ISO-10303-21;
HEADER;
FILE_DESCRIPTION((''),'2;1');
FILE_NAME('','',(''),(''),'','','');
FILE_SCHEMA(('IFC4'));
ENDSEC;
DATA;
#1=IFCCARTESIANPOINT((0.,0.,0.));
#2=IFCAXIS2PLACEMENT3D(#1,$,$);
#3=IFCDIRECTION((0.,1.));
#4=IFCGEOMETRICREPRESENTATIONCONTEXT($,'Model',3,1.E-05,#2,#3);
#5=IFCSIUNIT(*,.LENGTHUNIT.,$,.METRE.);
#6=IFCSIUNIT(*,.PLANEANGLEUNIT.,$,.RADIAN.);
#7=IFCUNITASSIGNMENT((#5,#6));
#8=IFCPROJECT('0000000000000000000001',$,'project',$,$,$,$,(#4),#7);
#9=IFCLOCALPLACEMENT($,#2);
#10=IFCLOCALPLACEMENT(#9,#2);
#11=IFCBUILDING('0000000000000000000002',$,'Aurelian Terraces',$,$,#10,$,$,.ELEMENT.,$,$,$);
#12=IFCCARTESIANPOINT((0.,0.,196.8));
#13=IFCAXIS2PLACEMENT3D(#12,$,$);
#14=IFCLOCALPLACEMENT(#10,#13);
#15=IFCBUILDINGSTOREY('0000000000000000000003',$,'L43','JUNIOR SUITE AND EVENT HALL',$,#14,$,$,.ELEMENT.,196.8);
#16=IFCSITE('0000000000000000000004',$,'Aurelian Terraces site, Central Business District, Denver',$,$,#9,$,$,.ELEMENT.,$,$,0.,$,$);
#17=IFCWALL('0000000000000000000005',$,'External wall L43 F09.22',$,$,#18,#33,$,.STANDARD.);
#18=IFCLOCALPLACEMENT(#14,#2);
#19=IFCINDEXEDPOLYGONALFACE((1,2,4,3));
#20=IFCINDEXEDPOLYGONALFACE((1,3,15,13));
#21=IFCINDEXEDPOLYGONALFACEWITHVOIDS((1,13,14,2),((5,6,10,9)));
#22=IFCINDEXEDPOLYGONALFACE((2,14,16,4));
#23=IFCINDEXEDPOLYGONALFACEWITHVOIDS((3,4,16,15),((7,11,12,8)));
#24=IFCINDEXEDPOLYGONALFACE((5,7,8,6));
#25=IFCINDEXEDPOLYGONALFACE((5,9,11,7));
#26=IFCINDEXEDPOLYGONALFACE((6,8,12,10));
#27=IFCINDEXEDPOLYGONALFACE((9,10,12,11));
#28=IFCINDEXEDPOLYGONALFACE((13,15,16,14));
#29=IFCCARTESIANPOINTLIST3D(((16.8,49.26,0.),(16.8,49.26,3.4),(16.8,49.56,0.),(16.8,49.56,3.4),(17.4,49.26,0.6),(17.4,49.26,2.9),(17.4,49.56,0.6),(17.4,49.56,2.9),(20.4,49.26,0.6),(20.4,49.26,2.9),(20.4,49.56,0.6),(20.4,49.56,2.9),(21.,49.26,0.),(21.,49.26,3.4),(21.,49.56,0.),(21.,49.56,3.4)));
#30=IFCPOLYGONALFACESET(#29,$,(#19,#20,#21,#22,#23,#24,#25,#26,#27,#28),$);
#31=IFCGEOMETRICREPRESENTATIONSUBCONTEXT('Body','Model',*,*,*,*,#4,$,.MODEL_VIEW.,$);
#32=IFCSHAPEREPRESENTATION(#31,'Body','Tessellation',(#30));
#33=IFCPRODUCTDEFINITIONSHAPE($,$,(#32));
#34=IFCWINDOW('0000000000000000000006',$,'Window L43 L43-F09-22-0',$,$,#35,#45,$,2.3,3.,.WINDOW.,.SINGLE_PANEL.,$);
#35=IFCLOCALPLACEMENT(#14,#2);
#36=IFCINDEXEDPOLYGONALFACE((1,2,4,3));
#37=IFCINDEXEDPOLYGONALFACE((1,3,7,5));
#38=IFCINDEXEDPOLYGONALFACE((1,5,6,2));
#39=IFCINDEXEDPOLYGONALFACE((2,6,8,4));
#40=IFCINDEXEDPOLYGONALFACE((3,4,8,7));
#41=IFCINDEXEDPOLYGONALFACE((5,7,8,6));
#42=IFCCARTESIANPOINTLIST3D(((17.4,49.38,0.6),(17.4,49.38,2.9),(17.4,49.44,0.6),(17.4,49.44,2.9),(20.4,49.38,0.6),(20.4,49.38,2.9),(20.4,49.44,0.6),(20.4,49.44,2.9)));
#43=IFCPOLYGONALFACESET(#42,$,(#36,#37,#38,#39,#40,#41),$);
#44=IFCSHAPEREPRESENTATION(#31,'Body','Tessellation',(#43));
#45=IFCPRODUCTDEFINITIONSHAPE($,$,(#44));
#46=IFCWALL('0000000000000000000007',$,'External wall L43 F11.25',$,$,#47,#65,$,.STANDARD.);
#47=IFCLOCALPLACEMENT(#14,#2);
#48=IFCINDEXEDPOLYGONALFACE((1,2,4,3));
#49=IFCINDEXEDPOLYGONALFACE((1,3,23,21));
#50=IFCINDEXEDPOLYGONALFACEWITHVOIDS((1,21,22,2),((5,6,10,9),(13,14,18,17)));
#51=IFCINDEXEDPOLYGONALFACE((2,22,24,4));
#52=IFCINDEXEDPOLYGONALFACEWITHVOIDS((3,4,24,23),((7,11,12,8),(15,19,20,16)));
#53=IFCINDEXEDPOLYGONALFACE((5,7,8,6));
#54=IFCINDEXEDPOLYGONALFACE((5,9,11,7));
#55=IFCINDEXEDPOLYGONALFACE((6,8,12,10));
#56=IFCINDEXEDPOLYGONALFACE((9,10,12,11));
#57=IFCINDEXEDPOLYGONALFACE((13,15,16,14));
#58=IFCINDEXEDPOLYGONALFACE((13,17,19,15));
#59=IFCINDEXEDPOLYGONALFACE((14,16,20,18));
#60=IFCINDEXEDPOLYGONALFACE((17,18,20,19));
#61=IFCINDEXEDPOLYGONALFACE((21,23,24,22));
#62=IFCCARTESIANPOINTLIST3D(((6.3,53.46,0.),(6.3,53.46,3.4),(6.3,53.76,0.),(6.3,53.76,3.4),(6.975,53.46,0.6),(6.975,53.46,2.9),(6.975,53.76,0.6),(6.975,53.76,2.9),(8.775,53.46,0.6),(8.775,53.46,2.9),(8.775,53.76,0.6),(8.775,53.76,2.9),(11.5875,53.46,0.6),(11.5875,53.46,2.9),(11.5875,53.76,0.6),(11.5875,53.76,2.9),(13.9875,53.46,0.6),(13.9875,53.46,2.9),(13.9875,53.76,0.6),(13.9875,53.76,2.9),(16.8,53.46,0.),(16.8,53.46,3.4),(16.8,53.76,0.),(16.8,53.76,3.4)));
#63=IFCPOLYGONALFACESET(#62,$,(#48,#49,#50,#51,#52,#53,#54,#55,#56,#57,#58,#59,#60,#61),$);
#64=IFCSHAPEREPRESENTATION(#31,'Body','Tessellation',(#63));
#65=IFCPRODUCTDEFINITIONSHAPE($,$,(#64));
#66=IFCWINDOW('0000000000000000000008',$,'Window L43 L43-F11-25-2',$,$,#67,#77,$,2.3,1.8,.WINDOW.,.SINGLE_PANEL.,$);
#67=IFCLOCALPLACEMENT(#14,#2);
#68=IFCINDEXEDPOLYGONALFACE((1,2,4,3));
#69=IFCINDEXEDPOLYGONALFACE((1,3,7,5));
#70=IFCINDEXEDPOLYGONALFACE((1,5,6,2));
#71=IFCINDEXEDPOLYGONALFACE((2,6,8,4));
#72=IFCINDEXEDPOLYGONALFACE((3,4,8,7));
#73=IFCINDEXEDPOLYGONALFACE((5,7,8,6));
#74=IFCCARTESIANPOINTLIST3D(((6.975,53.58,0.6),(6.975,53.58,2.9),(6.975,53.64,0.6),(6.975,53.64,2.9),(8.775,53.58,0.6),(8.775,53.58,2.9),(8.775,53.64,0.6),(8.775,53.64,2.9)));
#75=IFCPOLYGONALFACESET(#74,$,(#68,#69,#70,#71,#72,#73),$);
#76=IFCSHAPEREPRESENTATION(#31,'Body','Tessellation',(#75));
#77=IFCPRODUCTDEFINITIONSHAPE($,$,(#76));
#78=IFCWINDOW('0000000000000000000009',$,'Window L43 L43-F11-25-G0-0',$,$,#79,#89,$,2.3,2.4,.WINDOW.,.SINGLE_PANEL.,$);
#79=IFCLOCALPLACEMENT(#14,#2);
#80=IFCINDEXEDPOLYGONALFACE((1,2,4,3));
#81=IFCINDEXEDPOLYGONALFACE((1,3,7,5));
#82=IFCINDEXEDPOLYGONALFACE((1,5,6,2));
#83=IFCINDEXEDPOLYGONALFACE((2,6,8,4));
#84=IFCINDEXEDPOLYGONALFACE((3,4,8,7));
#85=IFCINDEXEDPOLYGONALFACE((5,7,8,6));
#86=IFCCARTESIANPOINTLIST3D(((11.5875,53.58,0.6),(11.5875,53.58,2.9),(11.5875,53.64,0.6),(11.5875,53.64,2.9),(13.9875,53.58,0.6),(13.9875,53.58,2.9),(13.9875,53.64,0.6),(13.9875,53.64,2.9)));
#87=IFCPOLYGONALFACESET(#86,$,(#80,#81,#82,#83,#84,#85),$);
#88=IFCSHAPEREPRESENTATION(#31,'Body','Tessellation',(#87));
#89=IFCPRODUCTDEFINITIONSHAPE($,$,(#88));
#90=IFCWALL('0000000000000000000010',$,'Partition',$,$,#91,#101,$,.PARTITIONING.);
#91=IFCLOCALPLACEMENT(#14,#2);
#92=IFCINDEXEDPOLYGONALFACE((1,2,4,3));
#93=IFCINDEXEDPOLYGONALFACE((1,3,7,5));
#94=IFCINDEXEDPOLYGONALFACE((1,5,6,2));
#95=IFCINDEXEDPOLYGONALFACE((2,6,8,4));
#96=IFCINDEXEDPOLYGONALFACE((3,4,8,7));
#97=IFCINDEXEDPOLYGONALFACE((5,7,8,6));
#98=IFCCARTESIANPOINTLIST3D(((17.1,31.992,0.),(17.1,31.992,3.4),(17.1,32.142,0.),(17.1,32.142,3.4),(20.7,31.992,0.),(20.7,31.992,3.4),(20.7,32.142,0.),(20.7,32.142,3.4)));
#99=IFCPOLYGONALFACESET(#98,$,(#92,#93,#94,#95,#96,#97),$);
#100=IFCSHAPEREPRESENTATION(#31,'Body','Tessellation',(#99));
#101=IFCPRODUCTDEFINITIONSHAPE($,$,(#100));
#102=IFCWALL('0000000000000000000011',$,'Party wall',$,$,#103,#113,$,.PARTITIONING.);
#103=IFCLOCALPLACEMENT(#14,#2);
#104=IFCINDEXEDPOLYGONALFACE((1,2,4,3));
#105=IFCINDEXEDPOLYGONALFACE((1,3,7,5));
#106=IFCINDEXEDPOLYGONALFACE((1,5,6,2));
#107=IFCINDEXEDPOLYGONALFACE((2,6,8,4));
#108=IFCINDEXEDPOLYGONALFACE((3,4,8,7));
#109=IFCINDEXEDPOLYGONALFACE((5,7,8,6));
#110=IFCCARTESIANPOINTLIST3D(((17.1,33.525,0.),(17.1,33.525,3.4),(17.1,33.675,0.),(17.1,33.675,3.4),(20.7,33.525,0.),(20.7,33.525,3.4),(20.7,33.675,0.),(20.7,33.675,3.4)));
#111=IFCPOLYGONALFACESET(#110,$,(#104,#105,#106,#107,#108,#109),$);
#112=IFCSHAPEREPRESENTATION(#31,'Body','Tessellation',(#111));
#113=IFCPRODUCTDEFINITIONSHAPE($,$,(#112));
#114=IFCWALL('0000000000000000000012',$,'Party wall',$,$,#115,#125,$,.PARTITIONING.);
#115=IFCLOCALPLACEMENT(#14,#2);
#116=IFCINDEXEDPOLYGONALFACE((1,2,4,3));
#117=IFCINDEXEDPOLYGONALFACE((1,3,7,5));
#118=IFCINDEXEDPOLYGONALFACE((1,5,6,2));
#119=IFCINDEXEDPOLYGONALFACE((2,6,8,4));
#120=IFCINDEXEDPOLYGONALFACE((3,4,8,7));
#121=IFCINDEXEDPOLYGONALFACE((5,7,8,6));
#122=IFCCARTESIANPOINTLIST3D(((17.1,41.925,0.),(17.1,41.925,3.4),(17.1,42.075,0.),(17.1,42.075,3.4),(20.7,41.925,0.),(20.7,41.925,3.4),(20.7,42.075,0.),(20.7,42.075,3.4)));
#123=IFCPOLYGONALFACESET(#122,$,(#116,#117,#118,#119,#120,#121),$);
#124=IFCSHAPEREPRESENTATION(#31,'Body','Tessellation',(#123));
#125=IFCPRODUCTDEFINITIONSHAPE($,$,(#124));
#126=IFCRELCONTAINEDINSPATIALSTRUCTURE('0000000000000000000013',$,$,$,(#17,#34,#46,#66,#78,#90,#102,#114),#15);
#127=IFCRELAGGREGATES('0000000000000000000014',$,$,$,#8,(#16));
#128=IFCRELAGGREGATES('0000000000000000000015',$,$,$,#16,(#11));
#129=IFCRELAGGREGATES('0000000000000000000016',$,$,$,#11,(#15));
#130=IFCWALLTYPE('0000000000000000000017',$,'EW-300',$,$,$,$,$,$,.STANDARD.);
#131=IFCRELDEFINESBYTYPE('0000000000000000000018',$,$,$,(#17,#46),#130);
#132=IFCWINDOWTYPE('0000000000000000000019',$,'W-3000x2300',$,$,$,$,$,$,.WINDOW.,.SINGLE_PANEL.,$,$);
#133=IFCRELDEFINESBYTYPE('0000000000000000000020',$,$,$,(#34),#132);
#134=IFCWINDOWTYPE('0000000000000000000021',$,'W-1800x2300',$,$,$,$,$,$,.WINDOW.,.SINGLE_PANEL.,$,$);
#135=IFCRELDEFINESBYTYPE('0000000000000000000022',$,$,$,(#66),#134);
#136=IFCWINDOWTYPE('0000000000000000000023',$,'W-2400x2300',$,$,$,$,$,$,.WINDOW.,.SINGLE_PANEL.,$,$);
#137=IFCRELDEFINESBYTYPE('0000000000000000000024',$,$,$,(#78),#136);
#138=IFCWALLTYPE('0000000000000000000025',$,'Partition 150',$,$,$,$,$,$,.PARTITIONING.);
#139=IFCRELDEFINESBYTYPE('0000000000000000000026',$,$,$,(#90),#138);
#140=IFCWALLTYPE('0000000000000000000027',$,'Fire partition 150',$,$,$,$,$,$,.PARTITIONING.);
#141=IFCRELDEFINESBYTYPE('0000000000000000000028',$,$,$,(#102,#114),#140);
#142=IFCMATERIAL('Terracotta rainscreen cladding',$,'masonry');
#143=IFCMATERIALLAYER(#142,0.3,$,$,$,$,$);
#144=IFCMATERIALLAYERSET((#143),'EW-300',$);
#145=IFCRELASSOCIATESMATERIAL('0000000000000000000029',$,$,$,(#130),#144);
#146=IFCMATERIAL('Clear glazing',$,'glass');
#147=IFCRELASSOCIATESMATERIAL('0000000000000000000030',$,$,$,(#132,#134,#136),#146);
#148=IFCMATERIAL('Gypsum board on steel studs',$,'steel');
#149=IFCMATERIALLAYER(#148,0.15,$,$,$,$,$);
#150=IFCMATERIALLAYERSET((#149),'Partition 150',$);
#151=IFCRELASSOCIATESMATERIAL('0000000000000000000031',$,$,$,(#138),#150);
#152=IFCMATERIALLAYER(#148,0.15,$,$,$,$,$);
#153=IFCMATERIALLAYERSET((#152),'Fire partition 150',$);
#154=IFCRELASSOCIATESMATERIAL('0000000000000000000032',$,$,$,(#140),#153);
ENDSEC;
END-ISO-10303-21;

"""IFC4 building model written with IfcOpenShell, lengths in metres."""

from ifc_helpers import new_model, si_unit, direction, frame, frame_2d, origin, place, context, subcontext, project, spatial, rectangle, extrude, source, transform, mapped, material, layer, layer_set, type_object, element, fill, save


model = new_model("IFC4")

# Units and contexts
model_context = context("Model", 3, precision=1e-05, world=origin(), true_north=direction((0.0, 1.0)))
body_context = subcontext(model_context, "Body", "Model", "MODEL_VIEW")
ifc_project = project(units=[si_unit("LENGTHUNIT", "METRE"), si_unit("PLANEANGLEUNIT", "RADIAN")], contexts=[model_context])

# Site, building, storey
site_placement = place(None, origin())
site = spatial("IfcSite", under=ifc_project, at=site_placement, Name="Aurelian Terraces site, Central Business District, Denver", CompositionType="ELEMENT", RefElevation=0.0)
building_placement = place(site_placement, origin())
building = spatial("IfcBuilding", under=site, at=building_placement, Name="Aurelian Terraces", CompositionType="ELEMENT")
storey_placement = place(building_placement, frame((0.0, 0.0, 196.8)))
storey = spatial("IfcBuildingStorey", under=building, at=storey_placement, Name="L43", Description="JUNIOR SUITE AND EVENT HALL", CompositionType="ELEMENT", Elevation=196.8)

# Shared definitions
ifc_material_1 = material(Name="Terracotta rainscreen cladding", Category="masonry")
ifc_layer_1 = layer(ifc_material_1, 0.3)
ifc_layer_set_1 = layer_set([ifc_layer_1], Name="EW-300")
wall_type_1 = type_object("IfcWallType", Name="EW-300", PredefinedType="STANDARD", material=ifc_layer_set_1)
shared_shape_1 = source(origin(), body_context, "Body", "SweptSolid", [
    extrude(rectangle(XDim=3.0, YDim=2.3, at=frame_2d((1.5, 1.15))), frame((0.0, 0.16, 0.0), z_axis=(0.0, -1.0, 0.0), x_axis=(1.0, 0.0, 0.0)), (0.0, 0.0, 1.0), 0.32),
])
ifc_material_2 = material(Name="Clear glazing", Category="glass")
window_type_1 = type_object("IfcWindowType", Name="W-3000x2300", PartitioningType="SINGLE_PANEL", PredefinedType="WINDOW", material=ifc_material_2)
shared_shape_2 = source(origin(), body_context, "Body", "SweptSolid", [
    extrude(rectangle(XDim=3.0, YDim=2.3, at=frame_2d((1.5, 1.15))), frame((0.0, 0.03, 0.0), z_axis=(0.0, -1.0, 0.0), x_axis=(1.0, 0.0, 0.0)), (0.0, 0.0, 1.0), 0.06),
])

# Wall, opening, window
shared_shape_3 = source(origin(), body_context, "Body", "SweptSolid", [
    extrude(rectangle(XDim=1.8, YDim=2.3, at=frame_2d((0.9, 1.15))), frame((0.0, 0.16, 0.0), z_axis=(0.0, -1.0, 0.0), x_axis=(1.0, 0.0, 0.0)), (0.0, 0.0, 1.0), 0.32),
])
window_type_2 = type_object("IfcWindowType", Name="W-1800x2300", PartitioningType="SINGLE_PANEL", PredefinedType="WINDOW", material=ifc_material_2)
shared_shape_4 = source(origin(), body_context, "Body", "SweptSolid", [
    extrude(rectangle(XDim=1.8, YDim=2.3, at=frame_2d((0.9, 1.15))), frame((0.0, 0.03, 0.0), z_axis=(0.0, -1.0, 0.0), x_axis=(1.0, 0.0, 0.0)), (0.0, 0.0, 1.0), 0.06),
])
shared_shape_5 = source(origin(), body_context, "Body", "SweptSolid", [
    extrude(rectangle(XDim=4.2, YDim=0.3, at=frame_2d((2.1, 0.0))), origin(), (0.0, 0.0, 1.0), 3.4),
])
wall_1_placement = place(storey_placement, frame((21.0, 49.41, 0.0), z_axis=(0.0, 0.0, 1.0), x_axis=(-1.0, 0.0, 0.0)))
wall_1 = element("IfcWall", 1, at=wall_1_placement, inside=storey, type_object=wall_type_1, Name="External wall L43 F09.22", PredefinedType="STANDARD", context=body_context, shape_type="MappedRepresentation", body=[
    mapped(shared_shape_5, transform((0.0, 0.0, 0.0), scale=1.0)),
])
opening_1_placement = place(wall_1_placement, frame((0.6, 0.0, 0.6)))
opening_1 = element("IfcOpeningElement", 2, at=opening_1_placement, cuts=wall_1, PredefinedType="OPENING", context=body_context, shape_type="MappedRepresentation", body=[
    mapped(shared_shape_1, transform((0.0, 0.0, 0.0), scale=1.0)),
])
window_1_placement = place(opening_1_placement, origin())
window_1 = element("IfcWindow", 3, at=window_1_placement, inside=storey, type_object=window_type_1, Name="Window L43 L43-F09-22-0", OverallHeight=2.3, OverallWidth=3.0, PartitioningType="SINGLE_PANEL", PredefinedType="WINDOW", context=body_context, shape_type="MappedRepresentation", body=[
    mapped(shared_shape_2, transform((0.0, 0.0, 0.0), scale=1.0)),
])
fill(opening_1, window_1)

# Wall, openings, windows
shared_shape_6 = source(origin(), body_context, "Body", "SweptSolid", [
    extrude(rectangle(XDim=10.5, YDim=0.3, at=frame_2d((5.25, 0.0))), origin(), (0.0, 0.0, 1.0), 3.4),
])
wall_2_placement = place(storey_placement, frame((16.8, 53.61, 0.0), z_axis=(0.0, 0.0, 1.0), x_axis=(-1.0, 0.0, 0.0)))
wall_2 = element("IfcWall", 4, at=wall_2_placement, inside=storey, type_object=wall_type_1, Name="External wall L43 F11.25", PredefinedType="STANDARD", context=body_context, shape_type="MappedRepresentation", body=[
    mapped(shared_shape_6, transform((0.0, 0.0, 0.0), scale=1.0)),
])
opening_2_placement = place(wall_2_placement, frame((8.025, 0.0, 0.6)))
opening_2 = element("IfcOpeningElement", 5, at=opening_2_placement, cuts=wall_2, PredefinedType="OPENING", context=body_context, shape_type="MappedRepresentation", body=[
    mapped(shared_shape_3, transform((0.0, 0.0, 0.0), scale=1.0)),
])
shared_shape_7 = source(origin(), body_context, "Body", "SweptSolid", [
    extrude(rectangle(XDim=2.4, YDim=2.3, at=frame_2d((1.2, 1.15))), frame((0.0, 0.16, 0.0), z_axis=(0.0, -1.0, 0.0), x_axis=(1.0, 0.0, 0.0)), (0.0, 0.0, 1.0), 0.32),
])
opening_3_placement = place(wall_2_placement, frame((2.8125, 0.0, 0.6)))
opening_3 = element("IfcOpeningElement", 6, at=opening_3_placement, cuts=wall_2, PredefinedType="OPENING", context=body_context, shape_type="MappedRepresentation", body=[
    mapped(shared_shape_7, transform((0.0, 0.0, 0.0), scale=1.0)),
])
window_2_placement = place(opening_2_placement, origin())
window_2 = element("IfcWindow", 7, at=window_2_placement, inside=storey, type_object=window_type_2, Name="Window L43 L43-F11-25-2", OverallHeight=2.3, OverallWidth=1.8, PartitioningType="SINGLE_PANEL", PredefinedType="WINDOW", context=body_context, shape_type="MappedRepresentation", body=[
    mapped(shared_shape_4, transform((0.0, 0.0, 0.0), scale=1.0)),
])
fill(opening_2, window_2)
window_type_3 = type_object("IfcWindowType", Name="W-2400x2300", PartitioningType="SINGLE_PANEL", PredefinedType="WINDOW", material=ifc_material_2)
shared_shape_8 = source(origin(), body_context, "Body", "SweptSolid", [
    extrude(rectangle(XDim=2.4, YDim=2.3, at=frame_2d((1.2, 1.15))), frame((0.0, 0.03, 0.0), z_axis=(0.0, -1.0, 0.0), x_axis=(1.0, 0.0, 0.0)), (0.0, 0.0, 1.0), 0.06),
])
window_3_placement = place(opening_3_placement, origin())
window_3 = element("IfcWindow", 8, at=window_3_placement, inside=storey, type_object=window_type_3, Name="Window L43 L43-F11-25-G0-0", OverallHeight=2.3, OverallWidth=2.4, PartitioningType="SINGLE_PANEL", PredefinedType="WINDOW", context=body_context, shape_type="MappedRepresentation", body=[
    mapped(shared_shape_8, transform((0.0, 0.0, 0.0), scale=1.0)),
])
fill(opening_3, window_3)

# Walls
ifc_material_3 = material(Name="Gypsum board on steel studs", Category="steel")
ifc_layer_2 = layer(ifc_material_3, 0.15)
ifc_layer_set_2 = layer_set([ifc_layer_2], Name="Partition 150")
wall_type_2 = type_object("IfcWallType", Name="Partition 150", PredefinedType="PARTITIONING", material=ifc_layer_set_2)
shared_shape_9 = source(origin(), body_context, "Body", "SweptSolid", [
    extrude(rectangle(XDim=3.6, YDim=0.15, at=frame_2d((1.8, 0.0))), origin(), (0.0, 0.0, 1.0), 3.4),
])
wall_3_placement = place(storey_placement, frame((17.1, 32.067, 0.0), z_axis=(0.0, 0.0, 1.0), x_axis=(1.0, 0.0, 0.0)))
element("IfcWall", 9, at=wall_3_placement, inside=storey, type_object=wall_type_2, Name="Partition", PredefinedType="PARTITIONING", context=body_context, shape_type="MappedRepresentation", body=[
    mapped(shared_shape_9, transform((0.0, 0.0, 0.0), scale=1.0)),
])
ifc_layer_3 = layer(ifc_material_3, 0.15)
ifc_layer_set_3 = layer_set([ifc_layer_3], Name="Fire partition 150")
wall_type_3 = type_object("IfcWallType", Name="Fire partition 150", PredefinedType="PARTITIONING", material=ifc_layer_set_3)
for number, where, z_axis, x_axis, name in (
    (10, (20.7, 33.6, 0.0), (0.0, 0.0, 1.0), (-1.0, 0.0, 0.0), "Party wall"),
    (11, (20.7, 42.0, 0.0), (0.0, 0.0, 1.0), (-1.0, 0.0, 0.0), "Party wall"),
):
    element("IfcWall", number, at=place(storey_placement, frame(where, z_axis=z_axis, x_axis=x_axis)), inside=storey, type_object=wall_type_3, Name=name, PredefinedType="PARTITIONING", context=body_context, shape_type="MappedRepresentation", body=[
        mapped(shared_shape_9, transform((0.0, 0.0, 0.0), scale=1.0)),
    ])

save(model, "model.ifc")
